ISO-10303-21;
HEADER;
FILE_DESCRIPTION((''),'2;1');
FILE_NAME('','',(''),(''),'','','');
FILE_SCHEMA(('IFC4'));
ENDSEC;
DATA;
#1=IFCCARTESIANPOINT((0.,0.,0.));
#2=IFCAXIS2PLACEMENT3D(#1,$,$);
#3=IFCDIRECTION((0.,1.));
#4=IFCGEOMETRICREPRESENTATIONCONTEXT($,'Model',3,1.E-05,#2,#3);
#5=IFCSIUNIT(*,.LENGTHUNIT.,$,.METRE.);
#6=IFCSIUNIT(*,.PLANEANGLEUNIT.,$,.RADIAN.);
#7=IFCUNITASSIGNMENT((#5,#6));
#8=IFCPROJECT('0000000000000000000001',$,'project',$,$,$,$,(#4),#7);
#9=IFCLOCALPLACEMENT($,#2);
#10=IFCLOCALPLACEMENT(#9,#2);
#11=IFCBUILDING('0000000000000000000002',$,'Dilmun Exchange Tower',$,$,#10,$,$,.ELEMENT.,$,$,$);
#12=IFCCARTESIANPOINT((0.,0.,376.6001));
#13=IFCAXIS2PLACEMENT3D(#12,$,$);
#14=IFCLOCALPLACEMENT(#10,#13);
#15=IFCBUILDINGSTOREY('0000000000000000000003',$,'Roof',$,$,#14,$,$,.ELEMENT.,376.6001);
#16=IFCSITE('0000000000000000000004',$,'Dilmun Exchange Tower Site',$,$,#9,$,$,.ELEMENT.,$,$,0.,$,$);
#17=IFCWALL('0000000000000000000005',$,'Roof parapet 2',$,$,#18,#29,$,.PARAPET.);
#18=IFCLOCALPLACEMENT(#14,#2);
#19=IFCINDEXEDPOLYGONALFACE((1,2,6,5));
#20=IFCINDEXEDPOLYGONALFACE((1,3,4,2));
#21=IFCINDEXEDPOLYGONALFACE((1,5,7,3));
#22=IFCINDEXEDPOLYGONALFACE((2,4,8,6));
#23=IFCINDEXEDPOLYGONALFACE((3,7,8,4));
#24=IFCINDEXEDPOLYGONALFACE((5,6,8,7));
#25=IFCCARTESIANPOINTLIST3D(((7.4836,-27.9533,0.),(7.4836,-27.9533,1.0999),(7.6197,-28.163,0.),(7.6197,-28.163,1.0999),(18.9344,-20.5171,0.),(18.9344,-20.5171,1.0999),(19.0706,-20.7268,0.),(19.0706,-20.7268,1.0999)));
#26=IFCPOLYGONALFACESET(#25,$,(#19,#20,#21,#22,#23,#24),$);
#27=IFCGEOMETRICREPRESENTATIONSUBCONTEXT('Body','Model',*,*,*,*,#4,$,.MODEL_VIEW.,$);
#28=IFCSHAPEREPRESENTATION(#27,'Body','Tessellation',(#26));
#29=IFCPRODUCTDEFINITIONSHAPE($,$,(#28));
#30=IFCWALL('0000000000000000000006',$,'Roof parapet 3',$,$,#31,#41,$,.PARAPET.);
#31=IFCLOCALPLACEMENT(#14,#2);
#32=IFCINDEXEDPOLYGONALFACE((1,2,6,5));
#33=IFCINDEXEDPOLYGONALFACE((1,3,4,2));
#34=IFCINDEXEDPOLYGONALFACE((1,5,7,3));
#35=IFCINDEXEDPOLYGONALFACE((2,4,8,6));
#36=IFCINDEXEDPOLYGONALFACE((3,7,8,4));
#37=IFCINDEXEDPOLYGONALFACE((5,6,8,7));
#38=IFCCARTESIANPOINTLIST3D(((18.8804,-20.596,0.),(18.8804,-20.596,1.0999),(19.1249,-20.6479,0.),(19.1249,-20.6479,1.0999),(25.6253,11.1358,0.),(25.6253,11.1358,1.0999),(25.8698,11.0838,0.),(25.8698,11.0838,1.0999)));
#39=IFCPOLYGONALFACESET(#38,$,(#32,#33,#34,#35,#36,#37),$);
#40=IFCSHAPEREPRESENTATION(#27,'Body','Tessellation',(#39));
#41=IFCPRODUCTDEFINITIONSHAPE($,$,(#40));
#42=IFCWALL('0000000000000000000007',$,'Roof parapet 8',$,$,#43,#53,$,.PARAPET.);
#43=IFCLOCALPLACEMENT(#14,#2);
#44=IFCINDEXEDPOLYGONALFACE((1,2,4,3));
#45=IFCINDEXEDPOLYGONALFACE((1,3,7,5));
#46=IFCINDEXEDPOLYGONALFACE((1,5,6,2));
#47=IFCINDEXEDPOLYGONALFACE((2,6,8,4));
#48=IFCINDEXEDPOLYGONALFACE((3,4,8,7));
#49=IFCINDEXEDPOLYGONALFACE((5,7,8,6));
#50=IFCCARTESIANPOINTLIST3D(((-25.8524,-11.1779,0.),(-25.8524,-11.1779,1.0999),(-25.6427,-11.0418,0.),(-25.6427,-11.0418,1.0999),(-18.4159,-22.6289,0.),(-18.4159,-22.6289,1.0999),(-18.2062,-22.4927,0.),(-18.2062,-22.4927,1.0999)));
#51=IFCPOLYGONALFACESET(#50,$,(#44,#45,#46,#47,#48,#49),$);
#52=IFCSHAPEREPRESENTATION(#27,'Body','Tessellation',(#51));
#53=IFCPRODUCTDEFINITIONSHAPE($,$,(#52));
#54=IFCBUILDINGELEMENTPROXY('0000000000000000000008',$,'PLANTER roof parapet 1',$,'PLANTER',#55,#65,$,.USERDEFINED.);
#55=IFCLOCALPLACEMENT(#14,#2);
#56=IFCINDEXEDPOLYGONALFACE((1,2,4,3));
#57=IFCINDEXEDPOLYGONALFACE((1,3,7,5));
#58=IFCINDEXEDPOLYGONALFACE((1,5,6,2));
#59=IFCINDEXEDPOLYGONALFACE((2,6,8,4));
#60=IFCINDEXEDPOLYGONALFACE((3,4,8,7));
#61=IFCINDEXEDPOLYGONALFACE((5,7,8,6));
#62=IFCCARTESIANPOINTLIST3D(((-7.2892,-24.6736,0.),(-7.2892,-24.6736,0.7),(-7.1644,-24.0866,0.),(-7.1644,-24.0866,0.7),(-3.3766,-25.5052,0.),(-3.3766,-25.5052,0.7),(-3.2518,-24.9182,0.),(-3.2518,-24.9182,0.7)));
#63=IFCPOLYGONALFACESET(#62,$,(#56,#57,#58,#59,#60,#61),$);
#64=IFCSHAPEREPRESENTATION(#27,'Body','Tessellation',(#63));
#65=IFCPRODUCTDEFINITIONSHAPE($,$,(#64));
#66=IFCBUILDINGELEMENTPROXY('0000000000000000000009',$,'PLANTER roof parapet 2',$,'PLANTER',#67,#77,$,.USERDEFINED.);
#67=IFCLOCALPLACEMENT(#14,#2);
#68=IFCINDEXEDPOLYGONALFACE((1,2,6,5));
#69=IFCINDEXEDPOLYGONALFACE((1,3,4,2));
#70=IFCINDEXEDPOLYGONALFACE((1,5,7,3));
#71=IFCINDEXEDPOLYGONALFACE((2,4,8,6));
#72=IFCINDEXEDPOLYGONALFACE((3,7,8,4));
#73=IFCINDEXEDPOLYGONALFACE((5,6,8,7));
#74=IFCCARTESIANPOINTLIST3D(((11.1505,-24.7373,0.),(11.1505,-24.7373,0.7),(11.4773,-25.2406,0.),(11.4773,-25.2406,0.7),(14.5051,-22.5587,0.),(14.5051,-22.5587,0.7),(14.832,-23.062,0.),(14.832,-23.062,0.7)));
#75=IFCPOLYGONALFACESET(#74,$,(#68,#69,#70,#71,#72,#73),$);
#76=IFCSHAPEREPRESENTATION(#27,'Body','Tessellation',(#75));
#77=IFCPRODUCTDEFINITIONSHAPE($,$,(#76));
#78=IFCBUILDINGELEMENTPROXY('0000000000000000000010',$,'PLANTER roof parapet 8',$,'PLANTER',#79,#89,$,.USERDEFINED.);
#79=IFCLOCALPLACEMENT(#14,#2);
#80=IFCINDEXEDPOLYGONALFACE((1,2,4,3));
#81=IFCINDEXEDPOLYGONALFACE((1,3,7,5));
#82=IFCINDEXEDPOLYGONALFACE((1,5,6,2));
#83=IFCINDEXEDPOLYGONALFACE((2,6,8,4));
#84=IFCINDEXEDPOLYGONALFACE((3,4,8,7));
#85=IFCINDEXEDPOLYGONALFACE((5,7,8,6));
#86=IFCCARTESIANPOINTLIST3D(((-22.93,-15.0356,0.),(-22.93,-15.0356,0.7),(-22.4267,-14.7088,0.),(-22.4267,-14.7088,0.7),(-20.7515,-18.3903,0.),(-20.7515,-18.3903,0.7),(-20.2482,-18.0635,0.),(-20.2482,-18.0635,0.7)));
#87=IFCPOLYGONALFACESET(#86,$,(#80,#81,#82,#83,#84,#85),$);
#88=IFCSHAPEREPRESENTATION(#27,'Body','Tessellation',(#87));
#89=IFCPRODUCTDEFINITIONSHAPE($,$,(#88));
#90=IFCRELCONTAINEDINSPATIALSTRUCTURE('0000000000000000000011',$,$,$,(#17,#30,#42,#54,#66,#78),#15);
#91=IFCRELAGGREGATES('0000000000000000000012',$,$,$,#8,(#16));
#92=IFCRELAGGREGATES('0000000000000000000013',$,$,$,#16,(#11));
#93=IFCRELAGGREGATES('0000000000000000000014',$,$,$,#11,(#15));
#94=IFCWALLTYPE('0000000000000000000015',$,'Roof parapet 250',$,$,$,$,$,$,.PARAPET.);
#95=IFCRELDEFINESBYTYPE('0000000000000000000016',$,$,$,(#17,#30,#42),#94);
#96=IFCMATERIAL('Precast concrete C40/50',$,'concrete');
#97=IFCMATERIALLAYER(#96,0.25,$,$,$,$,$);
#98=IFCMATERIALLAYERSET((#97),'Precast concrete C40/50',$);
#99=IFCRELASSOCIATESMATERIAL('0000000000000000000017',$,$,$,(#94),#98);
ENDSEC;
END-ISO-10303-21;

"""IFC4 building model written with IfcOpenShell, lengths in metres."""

from ifc_helpers import new_model, si_unit, direction, frame, frame_2d, origin, origin_2d, place, context, subcontext, project, spatial, rectangle, extrude, material, layer, layer_set, type_object, element, save


model = new_model("IFC4")

# Units and contexts
model_context = context("Model", 3, precision=1e-05, world=origin(), true_north=direction((0.0, 1.0)))
body_context = subcontext(model_context, "Body", "Model", "MODEL_VIEW")
ifc_project = project(units=[si_unit("LENGTHUNIT", "METRE"), si_unit("PLANEANGLEUNIT", "RADIAN")], contexts=[model_context])

# Site, building, storey
site_placement = place(None, origin())
site = spatial("IfcSite", under=ifc_project, at=site_placement, Name="Dilmun Exchange Tower Site", CompositionType="ELEMENT", RefElevation=0.0)
building_placement = place(site_placement, origin())
building = spatial("IfcBuilding", under=site, at=building_placement, Name="Dilmun Exchange Tower", CompositionType="ELEMENT")
storey_placement = place(building_placement, frame((0.0, 0.0, 376.6001)))
storey = spatial("IfcBuildingStorey", under=building, at=storey_placement, Name="Roof", CompositionType="ELEMENT", Elevation=376.6001)

# Walls
ifc_material_1 = material(Name="Precast concrete C40/50", Category="concrete")
ifc_layer_1 = layer(ifc_material_1, 0.25)
ifc_layer_set_1 = layer_set([ifc_layer_1], Name="Precast concrete C40/50")
wall_type_1 = type_object("IfcWallType", Name="Roof parapet 250", PredefinedType="PARAPET", material=ifc_layer_set_1)
wall_1_placement = place(storey_placement, frame((7.5518, -28.0581, 0.0), z_axis=(0.0, 0.0, 1.0), x_axis=(0.838672, 0.544637, 0.0)))
element("IfcWall", 1, at=wall_1_placement, inside=storey, type_object=wall_type_1, Name="Roof parapet 2", PredefinedType="PARAPET", context=body_context, shape_type="SweptSolid", body=[
    extrude(rectangle(XDim=13.6536, YDim=0.25, at=frame_2d((6.8267, 0.0))), origin(), (0.0, 0.0, 1.0), 1.0999),
])
wall_2_placement = place(storey_placement, frame((19.0027, -20.6218, 0.0), z_axis=(0.0, 0.0, 1.0), x_axis=(0.207914, 0.978147, 0.0)))
element("IfcWall", 2, at=wall_2_placement, inside=storey, type_object=wall_type_1, Name="Roof parapet 3", PredefinedType="PARAPET", context=body_context, shape_type="SweptSolid", body=[
    extrude(rectangle(XDim=32.4407, YDim=0.25, at=frame_2d((16.2202, 0.0))), origin(), (0.0, 0.0, 1.0), 1.0999),
])
wall_3_placement = place(storey_placement, frame((-25.7476, -11.1099, 0.0), z_axis=(0.0, 0.0, 1.0), x_axis=(0.54465, -0.838664, 0.0)))
element("IfcWall", 3, at=wall_3_placement, inside=storey, type_object=wall_type_1, Name="Roof parapet 8", PredefinedType="PARAPET", context=body_context, shape_type="SweptSolid", body=[
    extrude(rectangle(XDim=13.6538, YDim=0.25, at=frame_2d((6.8269, 0.0))), origin(), (0.0, 0.0, 1.0), 1.0999),
])

# Building element proxies
for number, where, z_axis, x_axis, name in (
    (4, (-5.2705, -24.7959, 0.0), (0.0, 0.0, 1.0), (0.978148, -0.207912, 0.0), "PLANTER roof parapet 1"),
    (5, (12.9912, -23.8997, 0.0), (0.0, 0.0, 1.0), (0.838671, 0.544639, 0.0), "PLANTER roof parapet 2"),
    (6, (-21.5891, -16.5496, 0.0), (0.0, 0.0, 1.0), (0.544639, -0.838671, 0.0), "PLANTER roof parapet 8"),
):
    element("IfcBuildingElementProxy", number, at=place(storey_placement, frame(where, z_axis=z_axis, x_axis=x_axis)), inside=storey, Name=name, ObjectType="PLANTER", PredefinedType="USERDEFINED", context=body_context, shape_type="SweptSolid", body=[
        extrude(rectangle(XDim=4.0, YDim=0.6001, at=origin_2d()), origin(), (0.0, 0.0, 1.0), 0.7),
    ])

save(model, "model.ifc")
